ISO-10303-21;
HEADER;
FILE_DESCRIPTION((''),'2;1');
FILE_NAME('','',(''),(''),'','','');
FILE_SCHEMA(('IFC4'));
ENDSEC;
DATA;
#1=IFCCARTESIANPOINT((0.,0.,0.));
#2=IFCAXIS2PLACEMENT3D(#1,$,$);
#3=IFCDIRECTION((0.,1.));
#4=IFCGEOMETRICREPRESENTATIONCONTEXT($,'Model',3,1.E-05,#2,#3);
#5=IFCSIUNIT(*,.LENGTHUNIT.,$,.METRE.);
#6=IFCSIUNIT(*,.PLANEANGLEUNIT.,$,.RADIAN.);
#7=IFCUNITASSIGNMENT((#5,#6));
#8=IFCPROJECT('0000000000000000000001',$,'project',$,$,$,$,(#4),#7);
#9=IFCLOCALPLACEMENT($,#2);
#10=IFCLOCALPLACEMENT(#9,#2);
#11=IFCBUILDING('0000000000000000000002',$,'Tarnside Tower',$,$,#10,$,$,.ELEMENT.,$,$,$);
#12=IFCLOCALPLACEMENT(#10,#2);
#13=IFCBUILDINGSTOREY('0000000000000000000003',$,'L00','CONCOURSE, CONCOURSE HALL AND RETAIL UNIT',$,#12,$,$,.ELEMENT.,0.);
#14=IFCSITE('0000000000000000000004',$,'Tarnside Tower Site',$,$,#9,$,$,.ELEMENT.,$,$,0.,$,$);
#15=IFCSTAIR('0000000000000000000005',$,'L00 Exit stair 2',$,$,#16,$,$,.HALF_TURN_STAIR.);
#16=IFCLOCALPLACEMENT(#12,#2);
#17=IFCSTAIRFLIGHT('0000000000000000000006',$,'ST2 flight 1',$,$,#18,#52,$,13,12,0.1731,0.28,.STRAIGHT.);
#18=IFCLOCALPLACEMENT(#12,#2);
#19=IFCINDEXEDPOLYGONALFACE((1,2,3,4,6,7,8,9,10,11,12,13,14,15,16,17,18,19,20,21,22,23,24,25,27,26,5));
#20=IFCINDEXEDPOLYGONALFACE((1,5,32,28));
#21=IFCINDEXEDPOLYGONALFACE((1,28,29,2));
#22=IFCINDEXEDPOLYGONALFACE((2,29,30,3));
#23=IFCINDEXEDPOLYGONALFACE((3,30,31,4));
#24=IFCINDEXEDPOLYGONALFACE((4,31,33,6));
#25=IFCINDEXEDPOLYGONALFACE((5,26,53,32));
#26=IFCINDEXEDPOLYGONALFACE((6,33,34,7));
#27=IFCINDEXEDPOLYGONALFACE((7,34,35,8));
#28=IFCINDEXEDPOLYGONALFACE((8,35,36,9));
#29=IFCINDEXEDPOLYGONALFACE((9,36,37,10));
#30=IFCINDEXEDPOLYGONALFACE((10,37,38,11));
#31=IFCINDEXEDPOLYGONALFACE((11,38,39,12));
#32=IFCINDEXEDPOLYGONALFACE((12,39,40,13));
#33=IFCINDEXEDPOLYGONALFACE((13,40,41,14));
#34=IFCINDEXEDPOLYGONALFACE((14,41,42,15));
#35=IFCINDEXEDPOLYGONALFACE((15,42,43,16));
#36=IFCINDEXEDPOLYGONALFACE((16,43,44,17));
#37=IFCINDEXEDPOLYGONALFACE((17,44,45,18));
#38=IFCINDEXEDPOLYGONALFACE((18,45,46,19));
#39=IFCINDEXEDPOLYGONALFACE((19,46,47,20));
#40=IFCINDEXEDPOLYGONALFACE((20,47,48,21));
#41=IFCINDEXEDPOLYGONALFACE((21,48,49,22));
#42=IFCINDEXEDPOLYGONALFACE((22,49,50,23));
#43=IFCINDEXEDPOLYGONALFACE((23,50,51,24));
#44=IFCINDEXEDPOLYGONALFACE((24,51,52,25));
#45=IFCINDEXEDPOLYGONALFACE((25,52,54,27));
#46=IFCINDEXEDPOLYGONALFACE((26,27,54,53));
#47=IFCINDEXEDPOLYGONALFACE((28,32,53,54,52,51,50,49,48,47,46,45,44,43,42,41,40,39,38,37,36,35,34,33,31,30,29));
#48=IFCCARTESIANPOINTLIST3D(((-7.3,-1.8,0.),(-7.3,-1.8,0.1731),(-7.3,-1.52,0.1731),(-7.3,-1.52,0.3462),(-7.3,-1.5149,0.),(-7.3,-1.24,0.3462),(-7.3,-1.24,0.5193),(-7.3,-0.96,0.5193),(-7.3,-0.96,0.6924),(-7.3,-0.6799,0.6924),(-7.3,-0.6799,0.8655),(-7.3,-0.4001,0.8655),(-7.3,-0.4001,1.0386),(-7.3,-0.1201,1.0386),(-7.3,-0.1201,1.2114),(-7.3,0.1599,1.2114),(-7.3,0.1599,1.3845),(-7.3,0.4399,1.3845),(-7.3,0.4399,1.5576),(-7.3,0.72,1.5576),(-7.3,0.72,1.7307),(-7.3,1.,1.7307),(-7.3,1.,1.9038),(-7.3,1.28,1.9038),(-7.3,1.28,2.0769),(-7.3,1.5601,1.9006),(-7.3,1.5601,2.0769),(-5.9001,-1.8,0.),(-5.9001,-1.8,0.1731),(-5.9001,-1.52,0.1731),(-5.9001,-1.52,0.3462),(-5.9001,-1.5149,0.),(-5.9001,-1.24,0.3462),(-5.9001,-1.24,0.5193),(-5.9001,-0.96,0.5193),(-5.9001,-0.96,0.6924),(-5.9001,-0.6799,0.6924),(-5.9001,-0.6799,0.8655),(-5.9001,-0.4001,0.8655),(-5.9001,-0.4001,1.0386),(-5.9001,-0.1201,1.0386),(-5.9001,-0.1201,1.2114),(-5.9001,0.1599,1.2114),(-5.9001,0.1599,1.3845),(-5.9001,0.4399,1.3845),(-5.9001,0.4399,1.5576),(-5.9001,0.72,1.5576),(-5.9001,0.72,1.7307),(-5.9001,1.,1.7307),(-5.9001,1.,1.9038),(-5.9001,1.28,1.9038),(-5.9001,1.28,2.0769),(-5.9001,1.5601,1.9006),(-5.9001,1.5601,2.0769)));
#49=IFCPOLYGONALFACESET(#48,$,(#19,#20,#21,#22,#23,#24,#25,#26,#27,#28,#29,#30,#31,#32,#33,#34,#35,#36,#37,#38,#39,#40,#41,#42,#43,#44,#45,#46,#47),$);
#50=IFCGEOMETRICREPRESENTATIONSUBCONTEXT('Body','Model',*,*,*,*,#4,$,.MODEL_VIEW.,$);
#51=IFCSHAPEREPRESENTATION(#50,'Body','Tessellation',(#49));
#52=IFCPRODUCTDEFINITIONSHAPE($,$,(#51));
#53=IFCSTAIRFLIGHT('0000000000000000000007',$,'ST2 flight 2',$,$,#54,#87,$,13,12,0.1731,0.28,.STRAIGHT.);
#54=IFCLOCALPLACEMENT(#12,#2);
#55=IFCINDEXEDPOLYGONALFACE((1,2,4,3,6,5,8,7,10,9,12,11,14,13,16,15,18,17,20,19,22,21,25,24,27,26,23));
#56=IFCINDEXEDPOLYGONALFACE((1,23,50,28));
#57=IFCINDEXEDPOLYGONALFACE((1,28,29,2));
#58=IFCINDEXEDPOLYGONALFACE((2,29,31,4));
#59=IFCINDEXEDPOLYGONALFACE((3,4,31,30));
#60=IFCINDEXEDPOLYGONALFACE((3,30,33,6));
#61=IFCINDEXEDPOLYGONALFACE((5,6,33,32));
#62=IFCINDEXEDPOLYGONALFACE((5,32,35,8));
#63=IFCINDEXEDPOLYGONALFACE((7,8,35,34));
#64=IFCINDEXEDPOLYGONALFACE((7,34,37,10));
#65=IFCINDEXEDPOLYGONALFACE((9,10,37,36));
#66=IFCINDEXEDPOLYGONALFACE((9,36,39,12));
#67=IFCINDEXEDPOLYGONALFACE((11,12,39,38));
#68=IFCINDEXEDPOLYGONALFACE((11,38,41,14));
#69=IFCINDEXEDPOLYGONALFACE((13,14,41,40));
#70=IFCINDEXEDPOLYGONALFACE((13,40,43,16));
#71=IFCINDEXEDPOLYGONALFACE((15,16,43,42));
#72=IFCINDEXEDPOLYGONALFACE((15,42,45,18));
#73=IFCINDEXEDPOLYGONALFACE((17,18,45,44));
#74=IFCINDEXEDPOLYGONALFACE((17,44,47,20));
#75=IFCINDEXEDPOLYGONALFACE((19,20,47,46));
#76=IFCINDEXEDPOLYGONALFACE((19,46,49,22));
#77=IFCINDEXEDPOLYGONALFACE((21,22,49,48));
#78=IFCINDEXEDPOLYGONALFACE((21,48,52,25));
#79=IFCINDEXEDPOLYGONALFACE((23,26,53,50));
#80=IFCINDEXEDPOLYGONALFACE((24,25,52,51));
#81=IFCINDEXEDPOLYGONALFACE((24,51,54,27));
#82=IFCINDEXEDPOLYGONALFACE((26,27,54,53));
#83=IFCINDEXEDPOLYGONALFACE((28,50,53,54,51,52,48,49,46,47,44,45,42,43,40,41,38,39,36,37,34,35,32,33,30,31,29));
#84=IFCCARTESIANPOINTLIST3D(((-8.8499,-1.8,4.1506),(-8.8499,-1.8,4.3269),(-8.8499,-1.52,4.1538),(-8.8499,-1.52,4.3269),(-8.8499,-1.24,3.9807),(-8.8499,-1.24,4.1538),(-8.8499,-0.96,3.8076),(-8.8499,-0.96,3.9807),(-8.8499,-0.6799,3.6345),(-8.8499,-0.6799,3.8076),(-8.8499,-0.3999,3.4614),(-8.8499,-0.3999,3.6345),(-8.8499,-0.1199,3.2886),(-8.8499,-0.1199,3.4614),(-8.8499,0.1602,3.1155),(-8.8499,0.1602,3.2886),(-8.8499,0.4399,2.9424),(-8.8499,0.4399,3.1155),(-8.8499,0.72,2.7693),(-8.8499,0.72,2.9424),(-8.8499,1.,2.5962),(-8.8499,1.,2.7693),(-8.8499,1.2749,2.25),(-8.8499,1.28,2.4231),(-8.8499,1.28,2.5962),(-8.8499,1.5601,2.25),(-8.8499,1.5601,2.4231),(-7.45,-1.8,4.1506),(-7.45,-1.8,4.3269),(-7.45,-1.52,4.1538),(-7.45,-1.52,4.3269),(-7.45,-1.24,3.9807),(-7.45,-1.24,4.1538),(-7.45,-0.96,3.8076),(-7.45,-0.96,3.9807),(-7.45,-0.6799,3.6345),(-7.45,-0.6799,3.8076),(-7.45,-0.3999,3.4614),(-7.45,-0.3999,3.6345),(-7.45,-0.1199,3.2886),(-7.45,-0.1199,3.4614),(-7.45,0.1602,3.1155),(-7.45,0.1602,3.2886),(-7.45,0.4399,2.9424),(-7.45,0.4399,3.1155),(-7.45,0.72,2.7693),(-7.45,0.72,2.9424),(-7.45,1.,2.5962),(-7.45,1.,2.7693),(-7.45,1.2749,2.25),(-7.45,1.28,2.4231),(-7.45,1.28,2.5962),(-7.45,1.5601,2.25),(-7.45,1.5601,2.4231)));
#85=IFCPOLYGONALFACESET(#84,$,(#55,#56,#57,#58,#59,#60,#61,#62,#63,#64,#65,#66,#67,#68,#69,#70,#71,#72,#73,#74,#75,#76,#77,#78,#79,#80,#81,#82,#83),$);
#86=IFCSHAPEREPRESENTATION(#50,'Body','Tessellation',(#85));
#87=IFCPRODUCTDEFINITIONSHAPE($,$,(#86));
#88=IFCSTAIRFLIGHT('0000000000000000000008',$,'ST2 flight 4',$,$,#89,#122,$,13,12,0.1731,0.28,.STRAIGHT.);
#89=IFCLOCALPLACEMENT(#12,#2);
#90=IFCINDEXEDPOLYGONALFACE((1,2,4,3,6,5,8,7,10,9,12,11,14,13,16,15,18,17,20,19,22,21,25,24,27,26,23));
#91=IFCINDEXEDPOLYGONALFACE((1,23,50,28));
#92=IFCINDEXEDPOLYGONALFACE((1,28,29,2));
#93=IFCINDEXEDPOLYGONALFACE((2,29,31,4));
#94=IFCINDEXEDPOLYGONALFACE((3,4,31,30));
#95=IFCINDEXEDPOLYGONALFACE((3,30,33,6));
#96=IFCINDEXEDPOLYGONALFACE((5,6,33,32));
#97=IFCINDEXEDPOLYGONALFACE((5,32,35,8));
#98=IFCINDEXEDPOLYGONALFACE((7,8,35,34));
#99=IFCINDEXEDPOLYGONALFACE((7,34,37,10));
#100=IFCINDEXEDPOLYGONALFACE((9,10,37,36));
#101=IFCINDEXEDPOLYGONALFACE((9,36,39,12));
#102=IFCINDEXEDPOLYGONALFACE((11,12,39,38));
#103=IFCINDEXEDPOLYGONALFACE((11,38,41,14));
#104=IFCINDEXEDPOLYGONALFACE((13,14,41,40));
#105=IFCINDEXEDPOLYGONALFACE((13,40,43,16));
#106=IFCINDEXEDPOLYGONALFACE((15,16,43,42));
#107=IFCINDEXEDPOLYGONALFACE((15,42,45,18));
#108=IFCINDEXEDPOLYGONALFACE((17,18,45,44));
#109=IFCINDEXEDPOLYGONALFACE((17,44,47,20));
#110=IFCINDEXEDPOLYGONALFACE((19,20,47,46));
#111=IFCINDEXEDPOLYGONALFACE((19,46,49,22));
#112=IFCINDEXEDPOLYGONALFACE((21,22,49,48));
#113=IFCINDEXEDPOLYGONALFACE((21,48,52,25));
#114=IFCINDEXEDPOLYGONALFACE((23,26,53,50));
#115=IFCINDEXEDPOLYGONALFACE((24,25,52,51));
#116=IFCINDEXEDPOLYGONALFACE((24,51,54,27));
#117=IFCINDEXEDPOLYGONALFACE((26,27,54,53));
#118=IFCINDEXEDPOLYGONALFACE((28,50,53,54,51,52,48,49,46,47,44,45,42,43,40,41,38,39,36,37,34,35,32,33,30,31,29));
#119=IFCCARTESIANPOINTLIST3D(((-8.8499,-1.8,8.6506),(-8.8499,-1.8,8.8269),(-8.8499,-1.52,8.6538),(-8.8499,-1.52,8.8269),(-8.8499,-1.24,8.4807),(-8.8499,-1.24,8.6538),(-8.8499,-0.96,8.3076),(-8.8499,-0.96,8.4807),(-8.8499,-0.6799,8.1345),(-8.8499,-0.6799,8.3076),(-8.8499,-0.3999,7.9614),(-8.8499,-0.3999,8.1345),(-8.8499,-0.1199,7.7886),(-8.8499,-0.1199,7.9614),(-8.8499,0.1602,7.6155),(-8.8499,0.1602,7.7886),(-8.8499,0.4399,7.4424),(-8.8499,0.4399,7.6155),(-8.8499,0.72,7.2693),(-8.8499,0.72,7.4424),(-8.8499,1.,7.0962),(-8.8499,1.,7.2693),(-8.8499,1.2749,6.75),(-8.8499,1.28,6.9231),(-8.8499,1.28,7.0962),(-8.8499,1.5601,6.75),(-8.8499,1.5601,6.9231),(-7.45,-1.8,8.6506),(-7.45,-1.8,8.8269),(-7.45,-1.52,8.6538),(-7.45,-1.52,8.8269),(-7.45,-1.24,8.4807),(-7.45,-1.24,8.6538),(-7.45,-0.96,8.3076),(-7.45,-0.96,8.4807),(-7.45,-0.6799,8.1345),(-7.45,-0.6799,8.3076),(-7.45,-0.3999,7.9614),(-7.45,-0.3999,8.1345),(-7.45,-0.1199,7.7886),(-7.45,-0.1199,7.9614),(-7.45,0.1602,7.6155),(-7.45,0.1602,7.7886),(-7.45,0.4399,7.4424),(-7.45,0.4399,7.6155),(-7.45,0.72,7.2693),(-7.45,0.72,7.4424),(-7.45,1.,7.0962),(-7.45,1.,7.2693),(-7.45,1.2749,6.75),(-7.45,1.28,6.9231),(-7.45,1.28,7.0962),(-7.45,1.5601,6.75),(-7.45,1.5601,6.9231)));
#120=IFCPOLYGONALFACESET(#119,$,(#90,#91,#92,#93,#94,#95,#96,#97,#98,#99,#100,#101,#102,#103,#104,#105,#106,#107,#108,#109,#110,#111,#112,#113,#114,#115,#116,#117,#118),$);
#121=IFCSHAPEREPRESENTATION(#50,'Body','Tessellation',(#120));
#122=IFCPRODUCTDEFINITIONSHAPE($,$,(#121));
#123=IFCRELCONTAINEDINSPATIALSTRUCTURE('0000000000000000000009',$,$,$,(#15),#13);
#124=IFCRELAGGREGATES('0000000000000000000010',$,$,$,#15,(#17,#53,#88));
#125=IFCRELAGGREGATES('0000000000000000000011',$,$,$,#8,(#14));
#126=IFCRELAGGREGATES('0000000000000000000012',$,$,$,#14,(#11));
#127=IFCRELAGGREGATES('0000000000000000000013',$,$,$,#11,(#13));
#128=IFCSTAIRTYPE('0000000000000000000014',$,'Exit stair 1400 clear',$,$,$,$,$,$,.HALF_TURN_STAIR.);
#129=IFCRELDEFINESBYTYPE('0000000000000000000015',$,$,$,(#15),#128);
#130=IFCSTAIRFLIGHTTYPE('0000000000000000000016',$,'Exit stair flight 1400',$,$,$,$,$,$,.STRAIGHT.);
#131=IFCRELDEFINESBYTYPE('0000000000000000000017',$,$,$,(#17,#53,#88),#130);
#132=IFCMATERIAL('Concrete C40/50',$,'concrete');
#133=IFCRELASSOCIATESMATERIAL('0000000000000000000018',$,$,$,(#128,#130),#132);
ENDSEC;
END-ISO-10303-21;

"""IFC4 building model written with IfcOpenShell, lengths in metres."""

from ifc_helpers import new_model, si_unit, direction, frame, origin, place, context, subcontext, project, spatial, polyline, outline, extrude, material, type_object, element, aggregate, save


model = new_model("IFC4")

# Units and contexts
model_context = context("Model", 3, precision=1e-05, world=origin(), true_north=direction((0.0, 1.0)))
body_context = subcontext(model_context, "Body", "Model", "MODEL_VIEW")
ifc_project = project(units=[si_unit("LENGTHUNIT", "METRE"), si_unit("PLANEANGLEUNIT", "RADIAN")], contexts=[model_context])

# Site, building, storey
site_placement = place(None, origin())
site = spatial("IfcSite", under=ifc_project, at=site_placement, Name="Tarnside Tower Site", CompositionType="ELEMENT", RefElevation=0.0)
building_placement = place(site_placement, origin())
building = spatial("IfcBuilding", under=site, at=building_placement, Name="Tarnside Tower", CompositionType="ELEMENT")
storey_placement = place(building_placement, origin())
storey = spatial("IfcBuildingStorey", under=building, at=storey_placement, Name="L00", Description="CONCOURSE, CONCOURSE HALL AND RETAIL UNIT", CompositionType="ELEMENT", Elevation=0.0)

# Shared definitions
ifc_material_1 = material(Name="Concrete C40/50", Category="concrete")

# Stair, stair flights
stair_type = type_object("IfcStairType", Name="Exit stair 1400 clear", PredefinedType="HALF_TURN_STAIR", material=ifc_material_1)
stair_placement = place(storey_placement, origin())
stair = element("IfcStair", 1, at=stair_placement, inside=storey, type_object=stair_type, Name="L00 Exit stair 2", PredefinedType="HALF_TURN_STAIR")
stair_flight_type = type_object("IfcStairFlightType", Name="Exit stair flight 1400", PredefinedType="STRAIGHT", material=ifc_material_1)
stair_flight_1_placement = place(storey_placement, frame((-6.6001, -1.8, 0.0), z_axis=(0.0, 0.0, 1.0), x_axis=(0.0, 1.0, 0.0)))
stair_flight_1 = element("IfcStairFlight", 2, at=stair_flight_1_placement, type_object=stair_flight_type, Name="ST2 flight 1", NumberOfRisers=13, NumberOfTreads=12, PredefinedType="STRAIGHT", RiserHeight=0.1731, TreadLength=0.28, context=body_context, shape_type="SweptSolid", body=[
    extrude(outline(polyline([(0.0, 0.0), (0.0, 0.1731), (0.28, 0.1731), (0.28, 0.3462), (0.5601, 0.3462), (0.5601, 0.5193), (0.8401, 0.5193), (0.8401, 0.6924), (1.1201, 0.6924), (1.1201, 0.8655), (1.3999, 0.8655), (1.3999, 1.0386), (1.6799, 1.0386), (1.6799, 1.2114), (1.96, 1.2114), (1.96, 1.3845), (2.24, 1.3845), (2.24, 1.5576), (2.52, 1.5576), (2.52, 1.7307), (2.8, 1.7307), (2.8, 1.9038), (3.0801, 1.9038), (3.0801, 2.0769), (3.3601, 2.0769), (3.3601, 2.25), (3.3601, 1.9006), (0.2852, 0.0), (0.0, 0.0)])), frame((0.0, 0.7, 0.0), z_axis=(0.0, -1.0, 0.0), x_axis=(1.0, 0.0, 0.0)), (0.0, 0.0, 1.0), 1.3999),
])
stair_flight_2_placement = place(storey_placement, frame((-8.1499, 1.5601, 2.25), z_axis=(0.0, 0.0, 1.0), x_axis=(0.0, -1.0, 0.0)))
stair_flight_2 = element("IfcStairFlight", 3, at=stair_flight_2_placement, type_object=stair_flight_type, Name="ST2 flight 2", NumberOfRisers=13, NumberOfTreads=12, PredefinedType="STRAIGHT", RiserHeight=0.1731, TreadLength=0.28, context=body_context, shape_type="SweptSolid", body=[
    extrude(outline(polyline([(0.0, 0.0), (0.0, 0.1731), (0.28, 0.1731), (0.28, 0.3462), (0.5601, 0.3462), (0.5601, 0.5193), (0.8401, 0.5193), (0.8401, 0.6924), (1.1201, 0.6924), (1.1201, 0.8655), (1.3999, 0.8655), (1.3999, 1.0386), (1.6799, 1.0386), (1.6799, 1.2114), (1.96, 1.2114), (1.96, 1.3845), (2.24, 1.3845), (2.24, 1.5576), (2.52, 1.5576), (2.52, 1.7307), (2.8, 1.7307), (2.8, 1.9038), (3.0801, 1.9038), (3.0801, 2.0769), (3.3601, 2.0769), (3.3601, 2.25), (3.3601, 1.9006), (0.2852, 0.0), (0.0, 0.0)])), frame((0.0, 0.7, 0.0), z_axis=(0.0, -1.0, 0.0), x_axis=(1.0, 0.0, 0.0)), (0.0, 0.0, 1.0), 1.3999),
])
stair_flight_3_placement = place(storey_placement, frame((-8.1499, 1.5601, 6.75), z_axis=(0.0, 0.0, 1.0), x_axis=(0.0, -1.0, 0.0)))
stair_flight_3 = element("IfcStairFlight", 4, at=stair_flight_3_placement, type_object=stair_flight_type, Name="ST2 flight 4", NumberOfRisers=13, NumberOfTreads=12, PredefinedType="STRAIGHT", RiserHeight=0.1731, TreadLength=0.28, context=body_context, shape_type="SweptSolid", body=[
    extrude(outline(polyline([(0.0, 0.0), (0.0, 0.1731), (0.28, 0.1731), (0.28, 0.3462), (0.5601, 0.3462), (0.5601, 0.5193), (0.8401, 0.5193), (0.8401, 0.6924), (1.1201, 0.6924), (1.1201, 0.8655), (1.3999, 0.8655), (1.3999, 1.0386), (1.6799, 1.0386), (1.6799, 1.2114), (1.96, 1.2114), (1.96, 1.3845), (2.24, 1.3845), (2.24, 1.5576), (2.52, 1.5576), (2.52, 1.7307), (2.8, 1.7307), (2.8, 1.9038), (3.0801, 1.9038), (3.0801, 2.0769), (3.3601, 2.0769), (3.3601, 2.25), (3.3601, 1.9006), (0.2852, 0.0), (0.0, 0.0)])), frame((0.0, 0.7, 0.0), z_axis=(0.0, -1.0, 0.0), x_axis=(1.0, 0.0, 0.0)), (0.0, 0.0, 1.0), 1.3999),
])
aggregate(stair, [stair_flight_1, stair_flight_2, stair_flight_3])

save(model, "model.ifc")
